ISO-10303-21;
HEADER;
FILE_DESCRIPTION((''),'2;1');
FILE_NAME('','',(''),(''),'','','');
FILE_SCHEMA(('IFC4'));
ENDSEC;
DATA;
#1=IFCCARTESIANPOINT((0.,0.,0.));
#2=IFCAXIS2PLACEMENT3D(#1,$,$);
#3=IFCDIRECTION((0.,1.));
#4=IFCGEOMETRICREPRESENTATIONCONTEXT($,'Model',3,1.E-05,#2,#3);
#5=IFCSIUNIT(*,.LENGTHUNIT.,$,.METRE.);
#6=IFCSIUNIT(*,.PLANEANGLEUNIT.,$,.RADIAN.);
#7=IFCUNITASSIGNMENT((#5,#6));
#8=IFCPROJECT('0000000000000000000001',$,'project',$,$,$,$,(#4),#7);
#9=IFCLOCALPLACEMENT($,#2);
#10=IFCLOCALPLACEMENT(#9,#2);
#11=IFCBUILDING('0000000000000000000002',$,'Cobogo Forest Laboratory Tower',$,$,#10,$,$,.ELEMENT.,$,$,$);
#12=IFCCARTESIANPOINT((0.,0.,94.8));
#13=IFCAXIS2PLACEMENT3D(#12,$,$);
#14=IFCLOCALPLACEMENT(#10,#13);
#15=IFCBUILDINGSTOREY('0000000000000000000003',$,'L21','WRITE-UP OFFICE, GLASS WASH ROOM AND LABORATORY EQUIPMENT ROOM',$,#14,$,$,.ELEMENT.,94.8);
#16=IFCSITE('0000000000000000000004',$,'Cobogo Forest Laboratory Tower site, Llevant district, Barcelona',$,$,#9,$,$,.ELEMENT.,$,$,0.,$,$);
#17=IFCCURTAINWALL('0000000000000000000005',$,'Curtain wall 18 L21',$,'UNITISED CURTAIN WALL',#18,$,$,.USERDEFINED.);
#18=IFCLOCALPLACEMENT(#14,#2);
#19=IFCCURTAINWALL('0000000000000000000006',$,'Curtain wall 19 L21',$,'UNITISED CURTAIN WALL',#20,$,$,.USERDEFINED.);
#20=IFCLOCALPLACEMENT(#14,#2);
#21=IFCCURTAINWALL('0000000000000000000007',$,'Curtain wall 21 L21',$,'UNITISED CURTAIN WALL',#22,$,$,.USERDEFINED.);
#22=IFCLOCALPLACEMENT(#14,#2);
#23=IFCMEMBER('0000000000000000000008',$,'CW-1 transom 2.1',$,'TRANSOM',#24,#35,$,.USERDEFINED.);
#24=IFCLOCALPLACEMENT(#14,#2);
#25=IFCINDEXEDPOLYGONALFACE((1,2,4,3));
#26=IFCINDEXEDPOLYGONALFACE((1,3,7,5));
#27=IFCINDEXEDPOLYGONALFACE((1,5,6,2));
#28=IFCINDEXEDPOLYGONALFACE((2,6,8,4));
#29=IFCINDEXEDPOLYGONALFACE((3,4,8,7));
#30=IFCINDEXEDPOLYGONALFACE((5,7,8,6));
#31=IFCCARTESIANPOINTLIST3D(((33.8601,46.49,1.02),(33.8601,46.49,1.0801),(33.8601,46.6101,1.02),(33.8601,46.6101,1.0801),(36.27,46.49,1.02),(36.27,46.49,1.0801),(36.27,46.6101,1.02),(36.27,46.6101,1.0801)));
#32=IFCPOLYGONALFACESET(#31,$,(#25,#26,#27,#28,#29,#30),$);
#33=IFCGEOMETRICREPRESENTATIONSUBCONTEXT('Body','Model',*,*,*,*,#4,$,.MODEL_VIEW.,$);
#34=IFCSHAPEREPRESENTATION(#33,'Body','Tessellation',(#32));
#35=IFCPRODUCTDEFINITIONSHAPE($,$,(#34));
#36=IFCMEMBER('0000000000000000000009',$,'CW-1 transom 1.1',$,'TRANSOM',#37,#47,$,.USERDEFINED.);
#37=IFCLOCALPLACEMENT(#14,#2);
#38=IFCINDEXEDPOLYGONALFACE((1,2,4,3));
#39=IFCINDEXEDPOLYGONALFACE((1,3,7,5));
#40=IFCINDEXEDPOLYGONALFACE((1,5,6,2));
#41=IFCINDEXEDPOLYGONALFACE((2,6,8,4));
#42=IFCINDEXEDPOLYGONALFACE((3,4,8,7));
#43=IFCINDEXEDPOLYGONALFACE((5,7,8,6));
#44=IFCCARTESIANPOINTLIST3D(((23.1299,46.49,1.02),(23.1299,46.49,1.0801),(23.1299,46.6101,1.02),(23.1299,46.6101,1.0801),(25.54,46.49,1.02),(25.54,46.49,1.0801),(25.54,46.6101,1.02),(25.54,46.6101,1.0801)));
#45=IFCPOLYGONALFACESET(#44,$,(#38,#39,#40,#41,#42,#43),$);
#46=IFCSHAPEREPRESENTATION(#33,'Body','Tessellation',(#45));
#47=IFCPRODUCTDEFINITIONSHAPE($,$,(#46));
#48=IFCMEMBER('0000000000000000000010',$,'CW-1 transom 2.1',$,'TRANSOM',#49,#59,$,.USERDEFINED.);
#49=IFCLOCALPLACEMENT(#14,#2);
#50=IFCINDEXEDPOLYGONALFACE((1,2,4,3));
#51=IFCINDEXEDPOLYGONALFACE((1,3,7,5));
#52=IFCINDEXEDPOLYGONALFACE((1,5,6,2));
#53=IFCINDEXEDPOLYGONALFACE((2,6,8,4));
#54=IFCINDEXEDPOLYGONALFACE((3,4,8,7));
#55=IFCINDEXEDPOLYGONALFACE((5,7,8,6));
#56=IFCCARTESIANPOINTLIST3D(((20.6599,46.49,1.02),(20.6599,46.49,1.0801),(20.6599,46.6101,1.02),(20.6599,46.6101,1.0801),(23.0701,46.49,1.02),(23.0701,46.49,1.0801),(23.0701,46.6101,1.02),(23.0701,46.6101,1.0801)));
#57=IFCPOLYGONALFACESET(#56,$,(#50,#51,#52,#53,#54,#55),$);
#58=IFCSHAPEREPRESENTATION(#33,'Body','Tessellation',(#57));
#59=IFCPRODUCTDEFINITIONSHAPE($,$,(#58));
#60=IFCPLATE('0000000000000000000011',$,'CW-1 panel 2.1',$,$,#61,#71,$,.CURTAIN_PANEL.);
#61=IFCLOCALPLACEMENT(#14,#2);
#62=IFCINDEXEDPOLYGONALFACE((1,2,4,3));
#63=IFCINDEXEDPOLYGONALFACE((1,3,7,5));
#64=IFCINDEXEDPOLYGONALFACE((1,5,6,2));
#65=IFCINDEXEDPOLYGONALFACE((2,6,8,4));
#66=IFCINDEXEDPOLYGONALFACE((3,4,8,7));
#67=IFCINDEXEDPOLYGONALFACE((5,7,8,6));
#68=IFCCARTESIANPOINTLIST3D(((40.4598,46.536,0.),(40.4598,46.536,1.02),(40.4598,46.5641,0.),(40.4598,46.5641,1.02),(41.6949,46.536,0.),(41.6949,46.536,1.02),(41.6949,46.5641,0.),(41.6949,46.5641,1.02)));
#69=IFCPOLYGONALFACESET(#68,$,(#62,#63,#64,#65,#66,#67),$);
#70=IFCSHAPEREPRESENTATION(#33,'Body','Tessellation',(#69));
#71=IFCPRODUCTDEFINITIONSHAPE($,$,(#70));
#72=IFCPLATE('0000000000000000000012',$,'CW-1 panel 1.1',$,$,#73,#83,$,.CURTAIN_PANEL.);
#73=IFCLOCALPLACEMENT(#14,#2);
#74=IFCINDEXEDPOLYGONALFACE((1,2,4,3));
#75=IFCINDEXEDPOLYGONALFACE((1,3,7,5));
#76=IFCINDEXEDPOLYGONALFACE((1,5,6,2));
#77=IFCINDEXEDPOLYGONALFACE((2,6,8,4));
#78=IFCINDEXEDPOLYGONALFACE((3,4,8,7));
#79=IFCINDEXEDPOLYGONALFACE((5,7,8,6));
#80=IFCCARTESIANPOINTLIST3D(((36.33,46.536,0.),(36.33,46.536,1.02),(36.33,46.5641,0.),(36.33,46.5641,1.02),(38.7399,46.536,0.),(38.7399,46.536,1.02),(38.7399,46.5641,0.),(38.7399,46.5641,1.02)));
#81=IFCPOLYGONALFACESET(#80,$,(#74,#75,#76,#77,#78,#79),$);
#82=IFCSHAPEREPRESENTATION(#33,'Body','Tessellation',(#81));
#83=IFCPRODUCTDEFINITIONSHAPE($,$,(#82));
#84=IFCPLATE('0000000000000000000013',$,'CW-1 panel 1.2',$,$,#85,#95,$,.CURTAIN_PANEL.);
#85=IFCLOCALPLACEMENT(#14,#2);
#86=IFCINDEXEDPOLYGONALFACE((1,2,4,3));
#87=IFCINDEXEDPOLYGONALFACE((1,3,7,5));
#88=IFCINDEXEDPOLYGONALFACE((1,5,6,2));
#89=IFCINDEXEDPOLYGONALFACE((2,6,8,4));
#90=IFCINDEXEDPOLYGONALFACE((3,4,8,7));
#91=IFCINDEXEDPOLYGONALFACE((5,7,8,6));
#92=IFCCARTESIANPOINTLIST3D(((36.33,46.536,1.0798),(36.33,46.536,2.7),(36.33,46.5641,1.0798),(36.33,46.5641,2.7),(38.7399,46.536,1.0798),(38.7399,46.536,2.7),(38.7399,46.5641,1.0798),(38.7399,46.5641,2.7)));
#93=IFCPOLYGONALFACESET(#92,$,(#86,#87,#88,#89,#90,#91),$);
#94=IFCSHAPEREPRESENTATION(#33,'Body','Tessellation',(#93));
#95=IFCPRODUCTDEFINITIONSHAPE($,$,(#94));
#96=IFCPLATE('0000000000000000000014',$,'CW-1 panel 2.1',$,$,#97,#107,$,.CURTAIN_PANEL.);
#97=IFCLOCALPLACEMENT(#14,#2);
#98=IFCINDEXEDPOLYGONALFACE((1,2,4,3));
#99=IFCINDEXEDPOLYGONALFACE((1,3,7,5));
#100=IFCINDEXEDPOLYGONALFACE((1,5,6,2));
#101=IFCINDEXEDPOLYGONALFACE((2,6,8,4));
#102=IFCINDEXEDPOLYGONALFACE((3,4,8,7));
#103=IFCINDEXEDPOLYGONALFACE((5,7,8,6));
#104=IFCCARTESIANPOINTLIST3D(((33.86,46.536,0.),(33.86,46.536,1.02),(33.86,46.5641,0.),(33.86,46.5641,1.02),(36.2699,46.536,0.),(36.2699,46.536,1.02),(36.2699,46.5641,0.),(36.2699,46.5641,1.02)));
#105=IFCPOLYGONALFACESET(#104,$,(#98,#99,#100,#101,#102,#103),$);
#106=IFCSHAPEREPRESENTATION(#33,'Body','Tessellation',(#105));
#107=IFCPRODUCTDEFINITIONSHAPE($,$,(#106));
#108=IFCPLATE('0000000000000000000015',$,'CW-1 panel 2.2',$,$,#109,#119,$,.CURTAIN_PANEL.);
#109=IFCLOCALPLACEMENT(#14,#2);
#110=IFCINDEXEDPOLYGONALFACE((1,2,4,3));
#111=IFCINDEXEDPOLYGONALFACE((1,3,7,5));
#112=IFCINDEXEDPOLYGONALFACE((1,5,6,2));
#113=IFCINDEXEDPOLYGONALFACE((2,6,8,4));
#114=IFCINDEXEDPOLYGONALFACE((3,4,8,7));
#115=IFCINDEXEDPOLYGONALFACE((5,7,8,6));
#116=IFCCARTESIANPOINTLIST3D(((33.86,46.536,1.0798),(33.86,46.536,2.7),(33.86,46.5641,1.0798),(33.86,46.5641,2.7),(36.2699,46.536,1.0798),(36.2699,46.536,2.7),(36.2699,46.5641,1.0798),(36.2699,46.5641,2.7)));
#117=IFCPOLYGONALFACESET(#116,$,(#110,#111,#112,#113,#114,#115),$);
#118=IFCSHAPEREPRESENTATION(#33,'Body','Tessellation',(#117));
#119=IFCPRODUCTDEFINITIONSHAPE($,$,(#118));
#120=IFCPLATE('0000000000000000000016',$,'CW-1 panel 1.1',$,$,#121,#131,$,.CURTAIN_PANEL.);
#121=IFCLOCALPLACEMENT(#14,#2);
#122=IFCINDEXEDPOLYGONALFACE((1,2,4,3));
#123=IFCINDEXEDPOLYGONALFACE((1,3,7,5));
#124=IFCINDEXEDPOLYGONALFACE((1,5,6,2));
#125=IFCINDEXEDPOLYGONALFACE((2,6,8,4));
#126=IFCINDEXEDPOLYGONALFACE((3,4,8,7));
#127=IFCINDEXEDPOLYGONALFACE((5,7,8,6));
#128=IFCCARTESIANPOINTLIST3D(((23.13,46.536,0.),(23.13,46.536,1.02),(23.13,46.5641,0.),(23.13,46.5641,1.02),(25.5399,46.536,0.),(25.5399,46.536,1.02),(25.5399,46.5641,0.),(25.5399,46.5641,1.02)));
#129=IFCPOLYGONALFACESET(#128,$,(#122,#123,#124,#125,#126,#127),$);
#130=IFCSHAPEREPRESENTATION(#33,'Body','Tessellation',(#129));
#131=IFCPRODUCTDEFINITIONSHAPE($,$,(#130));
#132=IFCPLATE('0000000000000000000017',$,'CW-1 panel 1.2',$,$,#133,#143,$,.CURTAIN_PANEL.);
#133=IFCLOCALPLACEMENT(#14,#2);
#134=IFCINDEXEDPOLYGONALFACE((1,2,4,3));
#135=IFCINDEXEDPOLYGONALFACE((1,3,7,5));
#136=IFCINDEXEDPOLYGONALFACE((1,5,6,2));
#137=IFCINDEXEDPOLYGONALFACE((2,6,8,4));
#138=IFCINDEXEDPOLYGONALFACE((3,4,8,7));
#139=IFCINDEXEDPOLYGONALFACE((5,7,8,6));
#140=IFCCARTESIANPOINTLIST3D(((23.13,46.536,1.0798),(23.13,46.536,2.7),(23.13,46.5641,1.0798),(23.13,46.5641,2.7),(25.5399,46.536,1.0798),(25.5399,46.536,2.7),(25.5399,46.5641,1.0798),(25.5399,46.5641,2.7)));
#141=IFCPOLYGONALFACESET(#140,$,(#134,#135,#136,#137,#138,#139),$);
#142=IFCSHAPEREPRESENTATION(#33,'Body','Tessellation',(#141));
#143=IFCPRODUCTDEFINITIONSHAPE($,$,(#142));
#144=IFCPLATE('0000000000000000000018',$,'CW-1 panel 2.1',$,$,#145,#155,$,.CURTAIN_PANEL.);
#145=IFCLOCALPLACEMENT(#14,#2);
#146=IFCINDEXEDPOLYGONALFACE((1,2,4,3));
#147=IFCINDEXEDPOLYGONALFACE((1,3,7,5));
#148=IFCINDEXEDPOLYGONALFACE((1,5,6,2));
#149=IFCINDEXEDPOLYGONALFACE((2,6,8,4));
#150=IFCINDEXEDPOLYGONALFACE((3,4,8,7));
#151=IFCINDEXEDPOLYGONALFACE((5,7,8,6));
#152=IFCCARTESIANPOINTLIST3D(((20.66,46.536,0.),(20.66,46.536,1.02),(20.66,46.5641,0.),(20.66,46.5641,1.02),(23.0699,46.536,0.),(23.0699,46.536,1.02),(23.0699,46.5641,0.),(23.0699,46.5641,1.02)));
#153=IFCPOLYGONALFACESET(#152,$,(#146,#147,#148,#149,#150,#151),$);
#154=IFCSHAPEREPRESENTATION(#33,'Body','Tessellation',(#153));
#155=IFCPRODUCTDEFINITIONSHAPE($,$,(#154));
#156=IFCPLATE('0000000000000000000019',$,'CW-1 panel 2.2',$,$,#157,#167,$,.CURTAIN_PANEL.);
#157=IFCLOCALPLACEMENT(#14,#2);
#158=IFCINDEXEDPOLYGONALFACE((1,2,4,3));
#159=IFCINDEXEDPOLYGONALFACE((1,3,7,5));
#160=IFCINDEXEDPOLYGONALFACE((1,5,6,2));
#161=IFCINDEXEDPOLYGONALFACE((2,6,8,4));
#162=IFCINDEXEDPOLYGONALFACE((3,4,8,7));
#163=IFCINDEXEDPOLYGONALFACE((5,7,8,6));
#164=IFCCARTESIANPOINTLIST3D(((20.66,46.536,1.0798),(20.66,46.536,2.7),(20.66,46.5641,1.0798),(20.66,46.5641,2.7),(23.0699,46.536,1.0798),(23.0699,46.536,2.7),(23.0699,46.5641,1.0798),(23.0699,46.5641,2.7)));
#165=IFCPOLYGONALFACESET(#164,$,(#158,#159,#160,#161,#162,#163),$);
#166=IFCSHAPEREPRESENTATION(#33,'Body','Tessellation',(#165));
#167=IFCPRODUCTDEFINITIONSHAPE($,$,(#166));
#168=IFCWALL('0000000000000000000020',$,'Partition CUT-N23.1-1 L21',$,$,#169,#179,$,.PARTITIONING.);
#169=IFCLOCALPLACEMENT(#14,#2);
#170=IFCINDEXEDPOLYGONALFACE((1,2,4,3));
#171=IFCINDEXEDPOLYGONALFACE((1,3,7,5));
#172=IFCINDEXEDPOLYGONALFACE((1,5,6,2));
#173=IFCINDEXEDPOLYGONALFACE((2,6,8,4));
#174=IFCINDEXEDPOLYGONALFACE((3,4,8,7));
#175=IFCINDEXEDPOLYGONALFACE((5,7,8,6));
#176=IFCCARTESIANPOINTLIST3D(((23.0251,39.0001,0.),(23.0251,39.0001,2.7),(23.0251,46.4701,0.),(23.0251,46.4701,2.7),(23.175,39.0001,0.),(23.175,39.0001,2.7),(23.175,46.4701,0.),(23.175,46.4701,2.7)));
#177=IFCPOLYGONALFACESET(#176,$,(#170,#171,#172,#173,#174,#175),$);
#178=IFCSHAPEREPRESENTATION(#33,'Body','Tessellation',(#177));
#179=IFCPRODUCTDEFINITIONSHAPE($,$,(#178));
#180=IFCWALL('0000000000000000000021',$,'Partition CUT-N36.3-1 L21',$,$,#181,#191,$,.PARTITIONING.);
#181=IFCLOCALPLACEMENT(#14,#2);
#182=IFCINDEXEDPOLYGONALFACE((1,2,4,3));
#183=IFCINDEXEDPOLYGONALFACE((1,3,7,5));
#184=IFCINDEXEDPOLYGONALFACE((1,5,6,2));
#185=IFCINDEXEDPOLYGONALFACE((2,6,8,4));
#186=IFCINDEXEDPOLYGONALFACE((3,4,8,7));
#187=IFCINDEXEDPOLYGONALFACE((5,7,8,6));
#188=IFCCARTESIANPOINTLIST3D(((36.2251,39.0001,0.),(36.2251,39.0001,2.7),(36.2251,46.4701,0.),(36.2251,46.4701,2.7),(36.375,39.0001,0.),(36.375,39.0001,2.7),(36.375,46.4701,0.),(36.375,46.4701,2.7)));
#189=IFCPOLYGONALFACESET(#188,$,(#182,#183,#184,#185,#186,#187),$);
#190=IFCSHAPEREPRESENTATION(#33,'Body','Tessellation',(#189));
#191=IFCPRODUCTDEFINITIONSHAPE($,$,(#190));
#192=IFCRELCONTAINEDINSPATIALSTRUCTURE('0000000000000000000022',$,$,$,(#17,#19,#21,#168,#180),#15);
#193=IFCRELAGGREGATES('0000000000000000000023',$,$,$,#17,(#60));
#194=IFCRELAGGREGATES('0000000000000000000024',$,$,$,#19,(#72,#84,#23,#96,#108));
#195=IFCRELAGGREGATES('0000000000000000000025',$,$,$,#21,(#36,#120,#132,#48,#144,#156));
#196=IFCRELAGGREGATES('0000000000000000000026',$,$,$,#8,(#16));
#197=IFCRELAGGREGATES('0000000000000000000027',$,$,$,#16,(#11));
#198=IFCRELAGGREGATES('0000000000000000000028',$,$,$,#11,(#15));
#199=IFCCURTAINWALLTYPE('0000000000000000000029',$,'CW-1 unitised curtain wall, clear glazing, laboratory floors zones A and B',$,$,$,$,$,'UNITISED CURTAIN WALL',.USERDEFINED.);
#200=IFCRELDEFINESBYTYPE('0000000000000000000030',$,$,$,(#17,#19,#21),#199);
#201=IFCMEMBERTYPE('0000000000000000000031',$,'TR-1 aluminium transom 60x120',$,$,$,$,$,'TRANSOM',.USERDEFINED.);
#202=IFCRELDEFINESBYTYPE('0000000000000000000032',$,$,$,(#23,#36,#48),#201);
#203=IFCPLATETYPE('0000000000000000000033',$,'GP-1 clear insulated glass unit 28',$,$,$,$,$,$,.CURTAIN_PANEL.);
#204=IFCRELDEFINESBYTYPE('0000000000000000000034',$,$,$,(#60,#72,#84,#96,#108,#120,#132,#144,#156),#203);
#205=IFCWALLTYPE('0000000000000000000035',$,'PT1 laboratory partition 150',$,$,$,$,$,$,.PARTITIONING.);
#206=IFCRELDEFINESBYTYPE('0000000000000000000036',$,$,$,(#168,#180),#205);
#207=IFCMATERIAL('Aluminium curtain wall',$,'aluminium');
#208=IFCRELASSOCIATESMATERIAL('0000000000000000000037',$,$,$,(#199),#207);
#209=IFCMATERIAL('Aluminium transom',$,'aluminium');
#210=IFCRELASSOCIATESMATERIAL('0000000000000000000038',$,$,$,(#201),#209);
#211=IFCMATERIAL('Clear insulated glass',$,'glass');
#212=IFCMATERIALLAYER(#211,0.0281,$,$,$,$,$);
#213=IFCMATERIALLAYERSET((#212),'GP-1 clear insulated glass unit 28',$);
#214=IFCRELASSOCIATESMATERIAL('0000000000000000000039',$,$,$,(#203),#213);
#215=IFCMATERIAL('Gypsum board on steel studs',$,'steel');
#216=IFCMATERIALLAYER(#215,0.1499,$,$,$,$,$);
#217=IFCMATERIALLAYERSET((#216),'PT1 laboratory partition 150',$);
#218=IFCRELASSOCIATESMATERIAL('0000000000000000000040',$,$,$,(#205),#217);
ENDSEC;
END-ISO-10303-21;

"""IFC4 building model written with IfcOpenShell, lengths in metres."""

from ifc_helpers import new_model, si_unit, direction, frame, frame_2d, origin, origin_2d, place, context, subcontext, project, spatial, rectangle, extrude, material, layer, layer_set, material_profile, profile_set, type_object, element, aggregate, save


model = new_model("IFC4")

# Units and contexts
model_context = context("Model", 3, precision=1e-05, world=origin(), true_north=direction((0.0, 1.0)))
body_context = subcontext(model_context, "Body", "Model", "MODEL_VIEW")
ifc_project = project(units=[si_unit("LENGTHUNIT", "METRE"), si_unit("PLANEANGLEUNIT", "RADIAN")], contexts=[model_context])

# Site, building, storey
site_placement = place(None, origin())
site = spatial("IfcSite", under=ifc_project, at=site_placement, Name="Cobogo Forest Laboratory Tower site, Llevant district, Barcelona", CompositionType="ELEMENT", RefElevation=0.0)
building_placement = place(site_placement, origin())
building = spatial("IfcBuilding", under=site, at=building_placement, Name="Cobogo Forest Laboratory Tower", CompositionType="ELEMENT")
storey_placement = place(building_placement, frame((0.0, 0.0, 94.8)))
storey = spatial("IfcBuildingStorey", under=building, at=storey_placement, Name="L21", Description="WRITE-UP OFFICE, GLASS WASH ROOM AND LABORATORY EQUIPMENT ROOM", CompositionType="ELEMENT", Elevation=94.8)

# Curtain wall
ifc_material_1 = material(Name="Aluminium curtain wall", Category="aluminium")
curtain_wall_type = type_object("IfcCurtainWallType", Name="CW-1 unitised curtain wall, clear glazing, laboratory floors zones A and B", ElementType="UNITISED CURTAIN WALL", PredefinedType="USERDEFINED", material=ifc_material_1)
curtain_wall_1_placement = place(storey_placement, origin())
curtain_wall_1 = element("IfcCurtainWall", 1, at=curtain_wall_1_placement, inside=storey, type_object=curtain_wall_type, Name="Curtain wall 18 L21", ObjectType="UNITISED CURTAIN WALL", PredefinedType="USERDEFINED")

# Curtain walls
curtain_wall_2_placement = place(storey_placement, origin())
curtain_wall_2 = element("IfcCurtainWall", 2, at=curtain_wall_2_placement, inside=storey, type_object=curtain_wall_type, Name="Curtain wall 19 L21", ObjectType="UNITISED CURTAIN WALL", PredefinedType="USERDEFINED")
curtain_wall_3_placement = place(storey_placement, origin())
curtain_wall_3 = element("IfcCurtainWall", 3, at=curtain_wall_3_placement, inside=storey, type_object=curtain_wall_type, Name="Curtain wall 21 L21", ObjectType="UNITISED CURTAIN WALL", PredefinedType="USERDEFINED")

# Members
ifc_material_2 = material(Name="Aluminium transom", Category="aluminium")
ifc_material_profile_1 = material_profile(ifc_material_2, rectangle(XDim=0.1201, YDim=0.0601, at=origin_2d()), Name="AL 60x120")
ifc_profile_set_1 = profile_set([ifc_material_profile_1], Name="Aluminium transom")
member_type_1 = type_object("IfcMemberType", Name="TR-1 aluminium transom 60x120", ElementType="TRANSOM", PredefinedType="USERDEFINED", material=ifc_profile_set_1)
member_1_placement = place(storey_placement, frame((36.27, 46.55, 1.05), z_axis=(-1.0, 0.0, 0.0), x_axis=(0.0, -1.0, 0.0)))
member_1 = element("IfcMember", 4, at=member_1_placement, type_object=member_type_1, Name="CW-1 transom 2.1", ObjectType="TRANSOM", PredefinedType="USERDEFINED", context=body_context, shape_type="SweptSolid", body=[
    extrude(rectangle(XDim=0.1201, YDim=0.0601, at=origin_2d()), origin(), (0.0, 0.0, 1.0), 2.4099),
])
member_2_placement = place(storey_placement, frame((25.54, 46.55, 1.05), z_axis=(-1.0, 0.0, 0.0), x_axis=(0.0, -1.0, 0.0)))
member_2 = element("IfcMember", 5, at=member_2_placement, type_object=member_type_1, Name="CW-1 transom 1.1", ObjectType="TRANSOM", PredefinedType="USERDEFINED", context=body_context, shape_type="SweptSolid", body=[
    extrude(rectangle(XDim=0.1201, YDim=0.0601, at=origin_2d()), origin(), (0.0, 0.0, 1.0), 2.4102),
])
member_3_placement = place(storey_placement, frame((23.0701, 46.55, 1.05), z_axis=(-1.0, 0.0, 0.0), x_axis=(0.0, -1.0, 0.0)))
member_3 = element("IfcMember", 6, at=member_3_placement, type_object=member_type_1, Name="CW-1 transom 2.1", ObjectType="TRANSOM", PredefinedType="USERDEFINED", context=body_context, shape_type="SweptSolid", body=[
    extrude(rectangle(XDim=0.1201, YDim=0.0601, at=origin_2d()), origin(), (0.0, 0.0, 1.0), 2.4102),
])

# Plates
ifc_material_3 = material(Name="Clear insulated glass", Category="glass")
ifc_layer_1 = layer(ifc_material_3, 0.0281)
ifc_layer_set_1 = layer_set([ifc_layer_1], Name="GP-1 clear insulated glass unit 28")
plate_type = type_object("IfcPlateType", Name="GP-1 clear insulated glass unit 28", PredefinedType="CURTAIN_PANEL", material=ifc_layer_set_1)
plate_1_placement = place(storey_placement, frame((41.0774, 46.55, 0.0), z_axis=(0.0, 0.0, 1.0), x_axis=(-1.0, 0.0, 0.0)))
plate_1 = element("IfcPlate", 7, at=plate_1_placement, type_object=plate_type, Name="CW-1 panel 2.1", PredefinedType="CURTAIN_PANEL", context=body_context, shape_type="SweptSolid", body=[
    extrude(rectangle(XDim=1.2351, YDim=0.0281, at=origin_2d()), origin(), (0.0, 0.0, 1.0), 1.02),
])
aggregate(curtain_wall_1, [plate_1])
plate_2_placement = place(storey_placement, frame((37.5349, 46.55, 0.0), z_axis=(0.0, 0.0, 1.0), x_axis=(-1.0, 0.0, 0.0)))
plate_2 = element("IfcPlate", 8, at=plate_2_placement, type_object=plate_type, Name="CW-1 panel 1.1", PredefinedType="CURTAIN_PANEL", context=body_context, shape_type="SweptSolid", body=[
    extrude(rectangle(XDim=2.4099, YDim=0.0281, at=origin_2d()), origin(), (0.0, 0.0, 1.0), 1.02),
])
plate_3_placement = place(storey_placement, frame((37.5349, 46.55, 1.0798), z_axis=(0.0, 0.0, 1.0), x_axis=(-1.0, 0.0, 0.0)))
plate_3 = element("IfcPlate", 9, at=plate_3_placement, type_object=plate_type, Name="CW-1 panel 1.2", PredefinedType="CURTAIN_PANEL", context=body_context, shape_type="SweptSolid", body=[
    extrude(rectangle(XDim=2.4099, YDim=0.0281, at=origin_2d()), origin(), (0.0, 0.0, 1.0), 1.6201),
])
plate_4_placement = place(storey_placement, frame((35.0649, 46.55, 0.0), z_axis=(0.0, 0.0, 1.0), x_axis=(-1.0, 0.0, 0.0)))
plate_4 = element("IfcPlate", 10, at=plate_4_placement, type_object=plate_type, Name="CW-1 panel 2.1", PredefinedType="CURTAIN_PANEL", context=body_context, shape_type="SweptSolid", body=[
    extrude(rectangle(XDim=2.4099, YDim=0.0281, at=origin_2d()), origin(), (0.0, 0.0, 1.0), 1.02),
])
plate_5_placement = place(storey_placement, frame((35.0649, 46.55, 1.0798), z_axis=(0.0, 0.0, 1.0), x_axis=(-1.0, 0.0, 0.0)))
plate_5 = element("IfcPlate", 11, at=plate_5_placement, type_object=plate_type, Name="CW-1 panel 2.2", PredefinedType="CURTAIN_PANEL", context=body_context, shape_type="SweptSolid", body=[
    extrude(rectangle(XDim=2.4099, YDim=0.0281, at=origin_2d()), origin(), (0.0, 0.0, 1.0), 1.6201),
])
aggregate(curtain_wall_2, [plate_2, plate_3, member_1, plate_4, plate_5])
plate_6_placement = place(storey_placement, frame((24.335, 46.55, 0.0), z_axis=(0.0, 0.0, 1.0), x_axis=(-1.0, 0.0, 0.0)))
plate_6 = element("IfcPlate", 12, at=plate_6_placement, type_object=plate_type, Name="CW-1 panel 1.1", PredefinedType="CURTAIN_PANEL", context=body_context, shape_type="SweptSolid", body=[
    extrude(rectangle(XDim=2.4099, YDim=0.0281, at=origin_2d()), origin(), (0.0, 0.0, 1.0), 1.02),
])
plate_7_placement = place(storey_placement, frame((24.335, 46.55, 1.0798), z_axis=(0.0, 0.0, 1.0), x_axis=(-1.0, 0.0, 0.0)))
plate_7 = element("IfcPlate", 13, at=plate_7_placement, type_object=plate_type, Name="CW-1 panel 1.2", PredefinedType="CURTAIN_PANEL", context=body_context, shape_type="SweptSolid", body=[
    extrude(rectangle(XDim=2.4099, YDim=0.0281, at=origin_2d()), origin(), (0.0, 0.0, 1.0), 1.6201),
])
plate_8_placement = place(storey_placement, frame((21.865, 46.55, 0.0), z_axis=(0.0, 0.0, 1.0), x_axis=(-1.0, 0.0, 0.0)))
plate_8 = element("IfcPlate", 14, at=plate_8_placement, type_object=plate_type, Name="CW-1 panel 2.1", PredefinedType="CURTAIN_PANEL", context=body_context, shape_type="SweptSolid", body=[
    extrude(rectangle(XDim=2.4099, YDim=0.0281, at=origin_2d()), origin(), (0.0, 0.0, 1.0), 1.02),
])
plate_9_placement = place(storey_placement, frame((21.865, 46.55, 1.0798), z_axis=(0.0, 0.0, 1.0), x_axis=(-1.0, 0.0, 0.0)))
plate_9 = element("IfcPlate", 15, at=plate_9_placement, type_object=plate_type, Name="CW-1 panel 2.2", PredefinedType="CURTAIN_PANEL", context=body_context, shape_type="SweptSolid", body=[
    extrude(rectangle(XDim=2.4099, YDim=0.0281, at=origin_2d()), origin(), (0.0, 0.0, 1.0), 1.6201),
])
aggregate(curtain_wall_3, [member_2, plate_6, plate_7, member_3, plate_8, plate_9])

# Walls
ifc_material_4 = material(Name="Gypsum board on steel studs", Category="steel")
ifc_layer_2 = layer(ifc_material_4, 0.1499)
ifc_layer_set_2 = layer_set([ifc_layer_2], Name="PT1 laboratory partition 150")
wall_type_1 = type_object("IfcWallType", Name="PT1 laboratory partition 150", PredefinedType="PARTITIONING", material=ifc_layer_set_2)
for number, where, z_axis, x_axis, name in (
    (16, (23.1001, 46.47, 0.0), (0.0, 0.0, 1.0), (0.0, -1.0, 0.0), "Partition CUT-N23.1-1 L21"),
    (17, (36.3, 46.47, 0.0), (0.0, 0.0, 1.0), (0.0, -1.0, 0.0), "Partition CUT-N36.3-1 L21"),
):
    element("IfcWall", number, at=place(storey_placement, frame(where, z_axis=z_axis, x_axis=x_axis)), inside=storey, type_object=wall_type_1, Name=name, PredefinedType="PARTITIONING", context=body_context, shape_type="SweptSolid", body=[
        extrude(rectangle(XDim=7.47, YDim=0.1499, at=frame_2d((3.7349, 0.0))), origin(), (0.0, 0.0, 1.0), 2.7),
    ])

save(model, "model.ifc")
